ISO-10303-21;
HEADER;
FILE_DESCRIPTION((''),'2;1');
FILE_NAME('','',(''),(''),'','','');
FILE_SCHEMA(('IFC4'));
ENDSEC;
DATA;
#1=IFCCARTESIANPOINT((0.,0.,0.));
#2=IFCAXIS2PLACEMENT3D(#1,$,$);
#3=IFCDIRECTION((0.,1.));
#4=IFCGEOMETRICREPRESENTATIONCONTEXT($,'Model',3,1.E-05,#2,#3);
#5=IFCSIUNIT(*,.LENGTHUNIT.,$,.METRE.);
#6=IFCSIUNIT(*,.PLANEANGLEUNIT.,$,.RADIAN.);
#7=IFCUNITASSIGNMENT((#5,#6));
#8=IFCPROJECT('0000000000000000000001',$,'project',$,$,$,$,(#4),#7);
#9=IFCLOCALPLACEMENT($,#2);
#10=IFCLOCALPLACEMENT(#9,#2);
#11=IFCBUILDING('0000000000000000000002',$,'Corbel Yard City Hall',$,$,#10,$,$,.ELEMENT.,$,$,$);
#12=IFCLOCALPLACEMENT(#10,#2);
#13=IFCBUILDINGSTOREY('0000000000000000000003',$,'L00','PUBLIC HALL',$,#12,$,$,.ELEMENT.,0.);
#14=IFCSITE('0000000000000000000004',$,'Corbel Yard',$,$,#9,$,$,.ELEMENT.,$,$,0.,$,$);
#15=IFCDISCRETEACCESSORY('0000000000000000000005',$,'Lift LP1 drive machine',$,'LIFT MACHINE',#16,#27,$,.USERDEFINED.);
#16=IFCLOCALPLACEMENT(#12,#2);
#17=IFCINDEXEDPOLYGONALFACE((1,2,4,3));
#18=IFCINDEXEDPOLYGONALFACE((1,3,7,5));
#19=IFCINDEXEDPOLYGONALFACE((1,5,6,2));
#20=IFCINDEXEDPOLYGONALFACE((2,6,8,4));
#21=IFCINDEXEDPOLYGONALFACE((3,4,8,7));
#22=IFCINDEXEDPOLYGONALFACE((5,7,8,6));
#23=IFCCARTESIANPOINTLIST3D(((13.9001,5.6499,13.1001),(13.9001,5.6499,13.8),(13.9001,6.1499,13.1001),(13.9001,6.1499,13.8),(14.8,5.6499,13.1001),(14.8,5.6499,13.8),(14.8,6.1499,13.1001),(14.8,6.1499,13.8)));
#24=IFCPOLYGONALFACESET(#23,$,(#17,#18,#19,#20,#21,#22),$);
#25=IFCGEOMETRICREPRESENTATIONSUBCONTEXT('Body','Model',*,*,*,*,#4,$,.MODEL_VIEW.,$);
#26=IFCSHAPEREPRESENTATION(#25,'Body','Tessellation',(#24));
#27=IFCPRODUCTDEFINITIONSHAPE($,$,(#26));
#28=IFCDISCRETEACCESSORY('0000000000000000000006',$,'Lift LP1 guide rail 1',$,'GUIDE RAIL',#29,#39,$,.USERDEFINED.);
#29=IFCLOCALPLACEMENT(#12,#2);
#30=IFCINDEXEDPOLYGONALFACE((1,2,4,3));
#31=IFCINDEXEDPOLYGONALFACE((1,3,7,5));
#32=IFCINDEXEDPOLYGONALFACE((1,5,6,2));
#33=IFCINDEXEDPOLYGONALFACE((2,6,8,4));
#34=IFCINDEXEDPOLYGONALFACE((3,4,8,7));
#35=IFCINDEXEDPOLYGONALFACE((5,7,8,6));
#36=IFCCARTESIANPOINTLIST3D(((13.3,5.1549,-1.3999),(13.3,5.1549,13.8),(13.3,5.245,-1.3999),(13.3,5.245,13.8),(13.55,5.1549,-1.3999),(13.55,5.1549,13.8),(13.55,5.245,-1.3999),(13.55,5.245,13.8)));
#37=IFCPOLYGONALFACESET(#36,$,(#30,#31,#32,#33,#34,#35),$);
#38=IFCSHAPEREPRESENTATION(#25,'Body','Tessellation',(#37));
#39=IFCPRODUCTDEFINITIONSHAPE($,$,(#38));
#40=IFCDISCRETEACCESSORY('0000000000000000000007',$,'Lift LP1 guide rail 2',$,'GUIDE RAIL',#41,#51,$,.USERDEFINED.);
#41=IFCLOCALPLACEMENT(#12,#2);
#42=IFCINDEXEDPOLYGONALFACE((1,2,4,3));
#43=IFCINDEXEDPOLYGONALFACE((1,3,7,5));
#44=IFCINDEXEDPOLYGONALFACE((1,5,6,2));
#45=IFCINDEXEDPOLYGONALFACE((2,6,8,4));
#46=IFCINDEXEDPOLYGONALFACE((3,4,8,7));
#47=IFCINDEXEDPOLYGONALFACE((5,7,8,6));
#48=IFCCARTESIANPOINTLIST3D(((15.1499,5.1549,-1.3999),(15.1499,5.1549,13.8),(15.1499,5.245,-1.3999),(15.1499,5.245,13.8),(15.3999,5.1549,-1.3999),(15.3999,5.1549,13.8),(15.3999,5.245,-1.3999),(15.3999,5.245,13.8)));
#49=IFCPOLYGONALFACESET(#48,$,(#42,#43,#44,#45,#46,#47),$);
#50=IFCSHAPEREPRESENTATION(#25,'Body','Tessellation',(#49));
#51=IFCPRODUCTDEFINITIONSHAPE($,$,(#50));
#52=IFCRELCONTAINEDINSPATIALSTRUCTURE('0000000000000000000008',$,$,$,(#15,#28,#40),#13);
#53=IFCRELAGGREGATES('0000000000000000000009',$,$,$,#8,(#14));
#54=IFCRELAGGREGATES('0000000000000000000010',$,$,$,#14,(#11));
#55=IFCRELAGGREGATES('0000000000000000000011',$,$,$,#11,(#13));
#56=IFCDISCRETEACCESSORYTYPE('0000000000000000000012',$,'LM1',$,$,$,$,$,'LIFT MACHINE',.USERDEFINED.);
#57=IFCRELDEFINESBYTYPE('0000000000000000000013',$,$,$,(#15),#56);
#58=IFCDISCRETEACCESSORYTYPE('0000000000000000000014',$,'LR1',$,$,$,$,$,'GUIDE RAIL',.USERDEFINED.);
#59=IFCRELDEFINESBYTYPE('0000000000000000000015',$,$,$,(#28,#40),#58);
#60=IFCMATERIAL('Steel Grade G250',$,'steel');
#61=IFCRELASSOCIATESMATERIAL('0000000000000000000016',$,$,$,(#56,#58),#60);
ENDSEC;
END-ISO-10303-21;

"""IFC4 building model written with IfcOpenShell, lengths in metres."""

from ifc_helpers import new_model, si_unit, direction, frame, origin, origin_2d, place, context, subcontext, project, spatial, rectangle, extrude, material, type_object, element, save


model = new_model("IFC4")

# Units and contexts
model_context = context("Model", 3, precision=1e-05, world=origin(), true_north=direction((0.0, 1.0)))
body_context = subcontext(model_context, "Body", "Model", "MODEL_VIEW")
ifc_project = project(units=[si_unit("LENGTHUNIT", "METRE"), si_unit("PLANEANGLEUNIT", "RADIAN")], contexts=[model_context])

# Site, building, storey
site_placement = place(None, origin())
site = spatial("IfcSite", under=ifc_project, at=site_placement, Name="Corbel Yard", CompositionType="ELEMENT", RefElevation=0.0)
building_placement = place(site_placement, origin())
building = spatial("IfcBuilding", under=site, at=building_placement, Name="Corbel Yard City Hall", CompositionType="ELEMENT")
storey_placement = place(building_placement, origin())
storey = spatial("IfcBuildingStorey", under=building, at=storey_placement, Name="L00", Description="PUBLIC HALL", CompositionType="ELEMENT", Elevation=0.0)

# Shared definitions
ifc_material_1 = material(Name="Steel Grade G250", Category="steel")

# Discrete accessories
discrete_accessory_type_1 = type_object("IfcDiscreteAccessoryType", Name="LM1", ElementType="LIFT MACHINE", PredefinedType="USERDEFINED", material=ifc_material_1)
discrete_accessory_placement = place(storey_placement, frame((14.3501, 5.8999, 13.1001), z_axis=(0.0, 0.0, 1.0), x_axis=(1.0, 0.0, 0.0)))
element("IfcDiscreteAccessory", 1, at=discrete_accessory_placement, inside=storey, type_object=discrete_accessory_type_1, Name="Lift LP1 drive machine", ObjectType="LIFT MACHINE", PredefinedType="USERDEFINED", context=body_context, shape_type="SweptSolid", body=[
    extrude(rectangle(XDim=0.8999, YDim=0.5, at=origin_2d()), origin(), (0.0, 0.0, 1.0), 0.7),
])
discrete_accessory_type_2 = type_object("IfcDiscreteAccessoryType", Name="LR1", ElementType="GUIDE RAIL", PredefinedType="USERDEFINED", material=ifc_material_1)
for number, where, z_axis, x_axis, name in (
    (2, (13.425, 5.2, -1.3999), (0.0, 0.0, 1.0), (1.0, 0.0, 0.0), "Lift LP1 guide rail 1"),
    (3, (15.2749, 5.2, -1.3999), (0.0, 0.0, 1.0), (1.0, 0.0, 0.0), "Lift LP1 guide rail 2"),
):
    element("IfcDiscreteAccessory", number, at=place(storey_placement, frame(where, z_axis=z_axis, x_axis=x_axis)), inside=storey, type_object=discrete_accessory_type_2, Name=name, ObjectType="GUIDE RAIL", PredefinedType="USERDEFINED", context=body_context, shape_type="SweptSolid", body=[
        extrude(rectangle(XDim=0.25, YDim=0.0901, at=origin_2d()), origin(), (0.0, 0.0, 1.0), 15.2),
    ])

save(model, "model.ifc")
